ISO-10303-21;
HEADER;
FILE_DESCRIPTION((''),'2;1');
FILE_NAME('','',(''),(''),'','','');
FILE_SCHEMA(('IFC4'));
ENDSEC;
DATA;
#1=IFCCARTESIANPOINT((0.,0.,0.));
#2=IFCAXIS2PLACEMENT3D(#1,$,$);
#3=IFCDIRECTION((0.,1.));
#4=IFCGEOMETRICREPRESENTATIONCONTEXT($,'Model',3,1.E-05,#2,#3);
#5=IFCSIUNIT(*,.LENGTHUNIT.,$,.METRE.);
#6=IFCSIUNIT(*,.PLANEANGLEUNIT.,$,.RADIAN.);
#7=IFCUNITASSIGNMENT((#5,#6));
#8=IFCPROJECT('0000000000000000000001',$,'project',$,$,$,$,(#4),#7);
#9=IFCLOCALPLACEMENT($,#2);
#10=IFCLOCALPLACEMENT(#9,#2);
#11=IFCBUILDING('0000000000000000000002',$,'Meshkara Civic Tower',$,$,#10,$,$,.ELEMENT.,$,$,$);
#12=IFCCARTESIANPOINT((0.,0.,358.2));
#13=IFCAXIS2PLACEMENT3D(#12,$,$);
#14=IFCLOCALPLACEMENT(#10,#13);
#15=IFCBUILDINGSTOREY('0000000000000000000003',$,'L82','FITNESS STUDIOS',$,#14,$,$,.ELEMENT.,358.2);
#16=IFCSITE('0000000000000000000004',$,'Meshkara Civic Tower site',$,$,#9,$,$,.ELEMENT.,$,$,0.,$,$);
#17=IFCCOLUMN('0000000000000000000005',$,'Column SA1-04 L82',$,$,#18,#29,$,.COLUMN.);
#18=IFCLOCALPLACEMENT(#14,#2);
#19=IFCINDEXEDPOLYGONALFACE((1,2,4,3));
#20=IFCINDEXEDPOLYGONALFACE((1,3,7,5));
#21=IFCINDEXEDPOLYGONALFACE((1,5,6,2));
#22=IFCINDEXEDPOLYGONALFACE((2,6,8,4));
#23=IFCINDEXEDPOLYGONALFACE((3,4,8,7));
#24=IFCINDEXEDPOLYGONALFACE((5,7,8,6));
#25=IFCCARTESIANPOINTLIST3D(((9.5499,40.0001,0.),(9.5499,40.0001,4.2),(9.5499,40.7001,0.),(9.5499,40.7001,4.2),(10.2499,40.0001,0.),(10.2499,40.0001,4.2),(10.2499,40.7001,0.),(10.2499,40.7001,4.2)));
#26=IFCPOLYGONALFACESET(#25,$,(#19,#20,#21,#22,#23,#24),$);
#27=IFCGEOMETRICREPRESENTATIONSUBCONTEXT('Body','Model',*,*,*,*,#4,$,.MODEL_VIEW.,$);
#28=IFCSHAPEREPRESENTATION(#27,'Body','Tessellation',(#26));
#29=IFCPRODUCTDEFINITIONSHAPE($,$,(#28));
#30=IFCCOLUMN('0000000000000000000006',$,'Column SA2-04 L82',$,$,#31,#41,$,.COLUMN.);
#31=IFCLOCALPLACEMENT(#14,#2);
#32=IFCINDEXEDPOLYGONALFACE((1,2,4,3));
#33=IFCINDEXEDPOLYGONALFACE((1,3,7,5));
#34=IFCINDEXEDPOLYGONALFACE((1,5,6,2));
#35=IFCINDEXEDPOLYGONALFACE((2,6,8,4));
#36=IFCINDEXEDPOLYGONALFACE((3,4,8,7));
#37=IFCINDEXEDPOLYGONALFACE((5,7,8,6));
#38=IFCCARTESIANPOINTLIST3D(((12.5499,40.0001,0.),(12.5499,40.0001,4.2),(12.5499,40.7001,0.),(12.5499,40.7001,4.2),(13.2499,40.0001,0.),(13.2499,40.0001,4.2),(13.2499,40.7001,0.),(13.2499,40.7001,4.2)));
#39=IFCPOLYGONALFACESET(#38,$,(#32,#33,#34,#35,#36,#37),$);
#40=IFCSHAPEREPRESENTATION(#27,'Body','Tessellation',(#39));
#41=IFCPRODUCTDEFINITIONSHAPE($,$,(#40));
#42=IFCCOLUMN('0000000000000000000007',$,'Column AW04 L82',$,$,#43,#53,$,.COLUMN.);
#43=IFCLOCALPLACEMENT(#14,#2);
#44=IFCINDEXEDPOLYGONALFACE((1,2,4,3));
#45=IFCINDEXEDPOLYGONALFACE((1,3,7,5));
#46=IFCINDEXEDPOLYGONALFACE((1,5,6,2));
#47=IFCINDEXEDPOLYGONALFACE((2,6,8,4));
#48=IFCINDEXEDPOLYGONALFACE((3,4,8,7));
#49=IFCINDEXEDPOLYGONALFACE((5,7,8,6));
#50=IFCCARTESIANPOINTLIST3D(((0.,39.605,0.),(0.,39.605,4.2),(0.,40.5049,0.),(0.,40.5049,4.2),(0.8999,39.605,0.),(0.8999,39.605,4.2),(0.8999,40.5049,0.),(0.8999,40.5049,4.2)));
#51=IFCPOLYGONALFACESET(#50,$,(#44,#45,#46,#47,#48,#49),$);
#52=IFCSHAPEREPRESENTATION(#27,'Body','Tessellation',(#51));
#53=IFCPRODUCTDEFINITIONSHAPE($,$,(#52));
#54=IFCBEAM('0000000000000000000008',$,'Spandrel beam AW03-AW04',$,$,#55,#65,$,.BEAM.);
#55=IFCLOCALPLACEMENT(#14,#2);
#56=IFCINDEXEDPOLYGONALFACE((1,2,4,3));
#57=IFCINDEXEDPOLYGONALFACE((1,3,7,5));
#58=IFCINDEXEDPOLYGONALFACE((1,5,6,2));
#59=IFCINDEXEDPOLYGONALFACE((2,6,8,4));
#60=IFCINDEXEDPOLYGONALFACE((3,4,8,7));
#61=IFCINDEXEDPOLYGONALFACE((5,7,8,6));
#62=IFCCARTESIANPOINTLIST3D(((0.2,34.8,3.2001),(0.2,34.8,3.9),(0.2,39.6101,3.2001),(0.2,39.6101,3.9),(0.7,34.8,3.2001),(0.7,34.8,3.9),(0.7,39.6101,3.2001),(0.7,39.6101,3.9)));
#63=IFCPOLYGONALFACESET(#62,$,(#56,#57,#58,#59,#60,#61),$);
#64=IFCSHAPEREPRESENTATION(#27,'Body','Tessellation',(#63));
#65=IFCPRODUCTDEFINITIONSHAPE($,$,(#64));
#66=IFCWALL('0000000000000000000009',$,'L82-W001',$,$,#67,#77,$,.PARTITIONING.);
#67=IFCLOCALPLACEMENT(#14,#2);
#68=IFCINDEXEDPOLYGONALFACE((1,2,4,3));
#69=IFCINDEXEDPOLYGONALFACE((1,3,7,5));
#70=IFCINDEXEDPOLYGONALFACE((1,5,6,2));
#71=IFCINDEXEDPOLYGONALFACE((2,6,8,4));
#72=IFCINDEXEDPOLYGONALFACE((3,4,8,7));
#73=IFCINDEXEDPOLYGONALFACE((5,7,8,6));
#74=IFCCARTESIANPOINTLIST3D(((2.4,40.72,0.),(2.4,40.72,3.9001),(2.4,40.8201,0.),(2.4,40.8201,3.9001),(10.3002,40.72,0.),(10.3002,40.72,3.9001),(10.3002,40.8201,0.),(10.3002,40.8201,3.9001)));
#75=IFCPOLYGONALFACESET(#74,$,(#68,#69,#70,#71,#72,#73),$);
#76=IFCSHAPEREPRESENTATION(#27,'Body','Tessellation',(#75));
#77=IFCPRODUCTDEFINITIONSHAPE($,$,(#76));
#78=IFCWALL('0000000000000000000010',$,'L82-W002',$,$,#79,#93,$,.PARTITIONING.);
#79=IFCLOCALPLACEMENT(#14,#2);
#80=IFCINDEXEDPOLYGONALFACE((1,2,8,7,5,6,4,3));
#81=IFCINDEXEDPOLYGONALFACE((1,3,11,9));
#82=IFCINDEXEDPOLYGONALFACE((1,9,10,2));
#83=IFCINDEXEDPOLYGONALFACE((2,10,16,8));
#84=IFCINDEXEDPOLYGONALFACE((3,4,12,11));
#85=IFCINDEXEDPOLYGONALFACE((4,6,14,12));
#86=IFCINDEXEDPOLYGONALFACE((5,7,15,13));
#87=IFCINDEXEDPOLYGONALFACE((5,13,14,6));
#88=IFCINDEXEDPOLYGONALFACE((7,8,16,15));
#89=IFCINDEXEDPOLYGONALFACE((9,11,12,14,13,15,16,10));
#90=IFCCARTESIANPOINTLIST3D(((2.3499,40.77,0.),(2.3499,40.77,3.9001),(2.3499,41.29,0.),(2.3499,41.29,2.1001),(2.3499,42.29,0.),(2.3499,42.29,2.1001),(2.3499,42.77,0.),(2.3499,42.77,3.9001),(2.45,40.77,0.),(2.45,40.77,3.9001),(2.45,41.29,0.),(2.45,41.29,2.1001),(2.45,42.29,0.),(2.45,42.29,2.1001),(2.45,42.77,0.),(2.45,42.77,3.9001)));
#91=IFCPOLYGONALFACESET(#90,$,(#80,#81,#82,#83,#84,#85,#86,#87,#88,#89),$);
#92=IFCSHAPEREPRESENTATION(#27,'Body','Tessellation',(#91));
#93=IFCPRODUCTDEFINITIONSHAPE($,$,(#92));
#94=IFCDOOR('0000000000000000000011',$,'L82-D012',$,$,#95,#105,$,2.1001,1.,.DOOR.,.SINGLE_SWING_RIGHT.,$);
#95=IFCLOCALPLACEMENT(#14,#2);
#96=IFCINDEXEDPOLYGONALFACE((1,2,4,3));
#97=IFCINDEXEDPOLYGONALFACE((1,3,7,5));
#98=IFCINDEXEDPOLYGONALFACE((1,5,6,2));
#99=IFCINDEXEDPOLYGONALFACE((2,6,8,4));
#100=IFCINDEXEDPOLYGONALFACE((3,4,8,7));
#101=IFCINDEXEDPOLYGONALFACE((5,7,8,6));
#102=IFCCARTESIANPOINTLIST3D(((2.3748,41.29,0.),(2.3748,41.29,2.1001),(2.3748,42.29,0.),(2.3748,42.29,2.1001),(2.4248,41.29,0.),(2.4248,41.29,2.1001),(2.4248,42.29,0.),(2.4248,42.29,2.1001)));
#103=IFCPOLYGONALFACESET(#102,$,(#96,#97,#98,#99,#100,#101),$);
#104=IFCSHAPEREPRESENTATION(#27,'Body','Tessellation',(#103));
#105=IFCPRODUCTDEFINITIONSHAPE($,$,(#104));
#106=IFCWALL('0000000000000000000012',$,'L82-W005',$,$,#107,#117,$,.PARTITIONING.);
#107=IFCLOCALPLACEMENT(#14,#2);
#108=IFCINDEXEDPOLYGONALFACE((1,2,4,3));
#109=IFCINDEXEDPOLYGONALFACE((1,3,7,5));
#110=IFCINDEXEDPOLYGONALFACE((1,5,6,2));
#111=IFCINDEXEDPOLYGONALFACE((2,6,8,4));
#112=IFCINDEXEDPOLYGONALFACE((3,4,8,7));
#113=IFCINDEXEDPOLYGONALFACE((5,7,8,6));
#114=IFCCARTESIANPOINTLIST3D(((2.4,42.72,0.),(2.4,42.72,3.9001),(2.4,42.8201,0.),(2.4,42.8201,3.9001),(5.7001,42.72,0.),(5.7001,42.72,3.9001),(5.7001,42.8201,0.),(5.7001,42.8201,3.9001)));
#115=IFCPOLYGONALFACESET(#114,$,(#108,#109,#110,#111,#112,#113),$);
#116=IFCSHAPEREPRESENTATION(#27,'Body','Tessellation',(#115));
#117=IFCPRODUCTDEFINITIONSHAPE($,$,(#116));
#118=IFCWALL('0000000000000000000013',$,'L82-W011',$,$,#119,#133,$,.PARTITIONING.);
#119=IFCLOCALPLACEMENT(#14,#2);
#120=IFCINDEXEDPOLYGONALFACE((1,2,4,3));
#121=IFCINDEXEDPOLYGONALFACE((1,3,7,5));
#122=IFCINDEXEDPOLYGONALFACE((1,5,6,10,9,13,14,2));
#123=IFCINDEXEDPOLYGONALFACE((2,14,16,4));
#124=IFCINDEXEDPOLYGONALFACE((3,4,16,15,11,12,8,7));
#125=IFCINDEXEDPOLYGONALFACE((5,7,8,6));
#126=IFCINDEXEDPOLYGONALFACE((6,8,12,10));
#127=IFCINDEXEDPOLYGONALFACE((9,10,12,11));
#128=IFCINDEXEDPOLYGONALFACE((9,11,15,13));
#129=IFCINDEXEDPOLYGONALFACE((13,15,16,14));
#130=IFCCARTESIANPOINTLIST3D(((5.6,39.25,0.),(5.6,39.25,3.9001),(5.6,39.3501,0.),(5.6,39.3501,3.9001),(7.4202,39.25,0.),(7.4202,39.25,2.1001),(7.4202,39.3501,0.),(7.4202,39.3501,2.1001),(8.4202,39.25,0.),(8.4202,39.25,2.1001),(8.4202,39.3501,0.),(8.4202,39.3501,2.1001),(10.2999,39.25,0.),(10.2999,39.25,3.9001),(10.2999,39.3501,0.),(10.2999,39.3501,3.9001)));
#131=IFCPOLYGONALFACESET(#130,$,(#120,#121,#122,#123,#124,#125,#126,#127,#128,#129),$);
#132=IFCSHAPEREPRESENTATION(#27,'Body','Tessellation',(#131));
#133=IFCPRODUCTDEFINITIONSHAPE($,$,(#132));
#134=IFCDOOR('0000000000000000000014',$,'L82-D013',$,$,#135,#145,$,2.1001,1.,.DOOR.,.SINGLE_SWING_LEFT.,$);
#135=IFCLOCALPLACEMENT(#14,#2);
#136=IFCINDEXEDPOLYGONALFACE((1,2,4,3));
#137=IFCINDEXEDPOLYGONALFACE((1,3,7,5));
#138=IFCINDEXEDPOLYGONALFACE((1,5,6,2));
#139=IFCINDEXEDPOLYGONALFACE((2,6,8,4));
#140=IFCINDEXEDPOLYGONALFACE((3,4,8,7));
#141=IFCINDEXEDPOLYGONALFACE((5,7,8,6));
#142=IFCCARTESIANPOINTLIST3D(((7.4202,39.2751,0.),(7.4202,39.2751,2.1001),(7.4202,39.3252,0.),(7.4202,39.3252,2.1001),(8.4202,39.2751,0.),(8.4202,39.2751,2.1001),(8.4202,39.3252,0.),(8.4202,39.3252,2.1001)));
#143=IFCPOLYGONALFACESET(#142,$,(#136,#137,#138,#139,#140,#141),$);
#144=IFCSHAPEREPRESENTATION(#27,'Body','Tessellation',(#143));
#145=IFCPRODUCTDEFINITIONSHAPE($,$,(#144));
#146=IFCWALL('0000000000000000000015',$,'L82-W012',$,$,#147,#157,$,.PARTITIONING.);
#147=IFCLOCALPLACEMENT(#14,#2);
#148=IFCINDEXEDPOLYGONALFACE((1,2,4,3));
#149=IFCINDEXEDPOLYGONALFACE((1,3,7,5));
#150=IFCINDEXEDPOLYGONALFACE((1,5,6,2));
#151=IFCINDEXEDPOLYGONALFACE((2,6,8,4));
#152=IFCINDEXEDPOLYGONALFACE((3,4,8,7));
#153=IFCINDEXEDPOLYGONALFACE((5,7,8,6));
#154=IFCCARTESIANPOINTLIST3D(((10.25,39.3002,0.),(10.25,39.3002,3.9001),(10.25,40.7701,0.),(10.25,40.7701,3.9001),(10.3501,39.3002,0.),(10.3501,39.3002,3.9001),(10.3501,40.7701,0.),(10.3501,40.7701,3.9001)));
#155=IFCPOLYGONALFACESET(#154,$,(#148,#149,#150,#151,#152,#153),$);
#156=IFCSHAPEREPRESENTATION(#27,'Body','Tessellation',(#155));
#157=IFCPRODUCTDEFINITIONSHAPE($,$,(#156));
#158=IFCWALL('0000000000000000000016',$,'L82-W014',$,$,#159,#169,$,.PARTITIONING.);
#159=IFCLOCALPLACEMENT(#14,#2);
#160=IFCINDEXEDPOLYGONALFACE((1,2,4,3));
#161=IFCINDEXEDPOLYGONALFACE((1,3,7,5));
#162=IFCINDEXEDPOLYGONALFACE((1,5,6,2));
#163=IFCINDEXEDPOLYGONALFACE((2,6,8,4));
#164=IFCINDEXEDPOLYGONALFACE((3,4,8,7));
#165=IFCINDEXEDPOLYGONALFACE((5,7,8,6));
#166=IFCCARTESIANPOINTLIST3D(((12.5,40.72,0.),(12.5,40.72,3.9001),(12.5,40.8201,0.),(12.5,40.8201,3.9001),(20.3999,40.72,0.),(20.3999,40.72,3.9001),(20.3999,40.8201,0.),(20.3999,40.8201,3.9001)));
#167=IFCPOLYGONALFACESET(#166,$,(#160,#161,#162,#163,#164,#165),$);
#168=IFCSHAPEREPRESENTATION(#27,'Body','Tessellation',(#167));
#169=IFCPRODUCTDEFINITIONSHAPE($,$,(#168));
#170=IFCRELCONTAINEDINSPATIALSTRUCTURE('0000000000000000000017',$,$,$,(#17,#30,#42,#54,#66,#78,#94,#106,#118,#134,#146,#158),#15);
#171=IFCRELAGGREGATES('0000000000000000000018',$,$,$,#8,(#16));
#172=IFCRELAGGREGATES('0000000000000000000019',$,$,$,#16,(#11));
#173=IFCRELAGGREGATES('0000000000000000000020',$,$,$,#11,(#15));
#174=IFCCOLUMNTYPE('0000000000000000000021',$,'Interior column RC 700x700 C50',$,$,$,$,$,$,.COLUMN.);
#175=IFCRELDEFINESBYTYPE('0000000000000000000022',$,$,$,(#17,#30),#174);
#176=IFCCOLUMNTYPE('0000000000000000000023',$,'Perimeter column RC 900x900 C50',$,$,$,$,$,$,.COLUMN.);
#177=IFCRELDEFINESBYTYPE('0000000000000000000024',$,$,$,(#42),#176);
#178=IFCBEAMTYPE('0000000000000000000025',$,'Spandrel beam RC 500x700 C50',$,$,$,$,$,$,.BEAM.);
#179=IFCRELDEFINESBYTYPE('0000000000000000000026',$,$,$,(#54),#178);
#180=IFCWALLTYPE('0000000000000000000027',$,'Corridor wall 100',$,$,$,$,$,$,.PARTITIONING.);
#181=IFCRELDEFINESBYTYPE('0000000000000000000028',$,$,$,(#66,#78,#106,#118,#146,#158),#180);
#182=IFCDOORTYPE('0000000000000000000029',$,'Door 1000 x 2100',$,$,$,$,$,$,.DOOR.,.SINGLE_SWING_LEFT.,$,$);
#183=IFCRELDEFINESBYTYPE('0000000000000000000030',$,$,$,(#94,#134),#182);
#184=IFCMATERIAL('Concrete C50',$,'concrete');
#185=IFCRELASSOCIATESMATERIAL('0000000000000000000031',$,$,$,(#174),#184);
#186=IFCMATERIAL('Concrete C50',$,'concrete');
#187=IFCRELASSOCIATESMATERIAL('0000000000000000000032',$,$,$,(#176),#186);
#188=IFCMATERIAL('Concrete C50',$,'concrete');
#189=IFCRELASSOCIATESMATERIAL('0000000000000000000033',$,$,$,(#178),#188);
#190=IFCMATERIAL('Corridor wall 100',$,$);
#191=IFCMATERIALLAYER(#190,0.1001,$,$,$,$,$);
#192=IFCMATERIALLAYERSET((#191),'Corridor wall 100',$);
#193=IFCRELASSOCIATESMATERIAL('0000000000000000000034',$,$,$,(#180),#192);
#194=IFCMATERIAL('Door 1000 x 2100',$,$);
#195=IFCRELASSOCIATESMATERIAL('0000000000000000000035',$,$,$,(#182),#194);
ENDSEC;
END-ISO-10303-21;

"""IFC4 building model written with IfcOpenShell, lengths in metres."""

from ifc_helpers import new_model, si_unit, direction, frame, frame_2d, origin, origin_2d, place, context, subcontext, project, spatial, rectangle, extrude, material, layer, layer_set, material_profile, profile_set, type_object, element, fill, save


model = new_model("IFC4")

# Units and contexts
model_context = context("Model", 3, precision=1e-05, world=origin(), true_north=direction((0.0, 1.0)))
body_context = subcontext(model_context, "Body", "Model", "MODEL_VIEW")
ifc_project = project(units=[si_unit("LENGTHUNIT", "METRE"), si_unit("PLANEANGLEUNIT", "RADIAN")], contexts=[model_context])

# Site, building, storey
site_placement = place(None, origin())
site = spatial("IfcSite", under=ifc_project, at=site_placement, Name="Meshkara Civic Tower site", CompositionType="ELEMENT", RefElevation=0.0)
building_placement = place(site_placement, origin())
building = spatial("IfcBuilding", under=site, at=building_placement, Name="Meshkara Civic Tower", CompositionType="ELEMENT")
storey_placement = place(building_placement, frame((0.0, 0.0, 358.2)))
storey = spatial("IfcBuildingStorey", under=building, at=storey_placement, Name="L82", Description="FITNESS STUDIOS", CompositionType="ELEMENT", Elevation=358.2)

# Columns
ifc_material_1 = material(Name="Concrete C50", Category="concrete")
ifc_material_profile_1 = material_profile(ifc_material_1, rectangle(XDim=0.7, YDim=0.7, at=origin_2d()))
ifc_profile_set_1 = profile_set([ifc_material_profile_1], Name="Concrete C50")
column_type_1 = type_object("IfcColumnType", Name="Interior column RC 700x700 C50", PredefinedType="COLUMN", material=ifc_profile_set_1)
for number, where, z_axis, x_axis, name in (
    (1, (9.8999, 40.3501, 0.0), (0.0, 0.0, 1.0), (1.0, 0.0, 0.0), "Column SA1-04 L82"),
    (2, (12.8999, 40.3501, 0.0), (0.0, 0.0, 1.0), (1.0, 0.0, 0.0), "Column SA2-04 L82"),
):
    element("IfcColumn", number, at=place(storey_placement, frame(where, z_axis=z_axis, x_axis=x_axis)), inside=storey, type_object=column_type_1, Name=name, PredefinedType="COLUMN", context=body_context, shape_type="SweptSolid", body=[
        extrude(rectangle(XDim=0.7, YDim=0.7, at=origin_2d()), origin(), (0.0, 0.0, 1.0), 4.2),
    ])
ifc_material_2 = material(Name="Concrete C50", Category="concrete")
ifc_material_profile_2 = material_profile(ifc_material_2, rectangle(XDim=0.8999, YDim=0.8999, at=origin_2d()))
ifc_profile_set_2 = profile_set([ifc_material_profile_2], Name="Concrete C50")
column_type_2 = type_object("IfcColumnType", Name="Perimeter column RC 900x900 C50", PredefinedType="COLUMN", material=ifc_profile_set_2)
column_placement = place(storey_placement, frame((0.45, 40.0549, 0.0), z_axis=(0.0, 0.0, 1.0), x_axis=(1.0, 0.0, 0.0)))
element("IfcColumn", 3, at=column_placement, inside=storey, type_object=column_type_2, Name="Column AW04 L82", PredefinedType="COLUMN", context=body_context, shape_type="SweptSolid", body=[
    extrude(rectangle(XDim=0.8999, YDim=0.8999, at=origin_2d()), origin(), (0.0, 0.0, 1.0), 4.2),
])

# Beam
ifc_material_3 = material(Name="Concrete C50", Category="concrete")
ifc_material_profile_3 = material_profile(ifc_material_3, rectangle(XDim=0.5, YDim=0.7, at=origin_2d()))
ifc_profile_set_3 = profile_set([ifc_material_profile_3], Name="Concrete C50")
beam_type = type_object("IfcBeamType", Name="Spandrel beam RC 500x700 C50", PredefinedType="BEAM", material=ifc_profile_set_3)
beam_placement = place(storey_placement, frame((0.45, 39.6101, 3.55), z_axis=(0.0, -1.0, 0.0), x_axis=(1.0, 0.0, 0.0)))
element("IfcBeam", 4, at=beam_placement, inside=storey, type_object=beam_type, Name="Spandrel beam AW03-AW04", PredefinedType="BEAM", context=body_context, shape_type="SweptSolid", body=[
    extrude(rectangle(XDim=0.5, YDim=0.7, at=origin_2d()), origin(), (0.0, 0.0, 1.0), 4.8101),
])

# Wall
ifc_material_4 = material(Name="Corridor wall 100")
ifc_layer_1 = layer(ifc_material_4, 0.1001)
ifc_layer_set_1 = layer_set([ifc_layer_1], Name="Corridor wall 100")
wall_type_1 = type_object("IfcWallType", Name="Corridor wall 100", PredefinedType="PARTITIONING", material=ifc_layer_set_1)
wall_1_placement = place(storey_placement, frame((2.3999, 40.77, 0.0), z_axis=(0.0, 0.0, 1.0), x_axis=(1.0, 0.0, 0.0)))
element("IfcWall", 5, at=wall_1_placement, inside=storey, type_object=wall_type_1, Name="L82-W001", PredefinedType="PARTITIONING", context=body_context, shape_type="SweptSolid", body=[
    extrude(rectangle(XDim=7.9001, YDim=0.1001, at=frame_2d((3.9502, 0.0))), origin(), (0.0, 0.0, 1.0), 3.9001),
])

# Wall, opening, door
wall_2_placement = place(storey_placement, frame((2.3999, 42.77, 0.0), z_axis=(0.0, 0.0, 1.0), x_axis=(0.0, -1.0, 0.0)))
wall_2 = element("IfcWall", 6, at=wall_2_placement, inside=storey, type_object=wall_type_1, Name="L82-W002", PredefinedType="PARTITIONING", context=body_context, shape_type="SweptSolid", body=[
    extrude(rectangle(XDim=2.0, YDim=0.1001, at=frame_2d((1.0, 0.0))), origin(), (0.0, 0.0, 1.0), 3.9001),
])
opening_1_placement = place(wall_2_placement, frame((0.48, 0.0, 0.0)))
opening_1 = element("IfcOpeningElement", 7, at=opening_1_placement, cuts=wall_2, PredefinedType="OPENING", context=body_context, shape_type="SweptSolid", body=[
    extrude(rectangle(XDim=1.0, YDim=2.1001, at=frame_2d((0.5, 1.05))), frame((0.0, 0.0601, 0.0), z_axis=(0.0, -1.0, 0.0), x_axis=(1.0, 0.0, 0.0)), (0.0, 0.0, 1.0), 0.1201),
])
ifc_material_5 = material(Name="Door 1000 x 2100")
door_type_1 = type_object("IfcDoorType", Name="Door 1000 x 2100", OperationType="SINGLE_SWING_LEFT", PredefinedType="DOOR", material=ifc_material_5)
door_1_placement = place(opening_1_placement, origin())
door_1 = element("IfcDoor", 8, at=door_1_placement, inside=storey, type_object=door_type_1, Name="L82-D012", OperationType="SINGLE_SWING_RIGHT", OverallHeight=2.1001, OverallWidth=1.0, PredefinedType="DOOR", context=body_context, shape_type="SweptSolid", body=[
    extrude(rectangle(XDim=1.0, YDim=2.1001, at=frame_2d((0.5, 1.05))), frame((0.0, 0.0249, 0.0), z_axis=(0.0, -1.0, 0.0), x_axis=(1.0, 0.0, 0.0)), (0.0, 0.0, 1.0), 0.05),
])
fill(opening_1, door_1)

# Wall
wall_3_placement = place(storey_placement, frame((5.7, 42.77, 0.0), z_axis=(0.0, 0.0, 1.0), x_axis=(-1.0, 0.0, 0.0)))
element("IfcWall", 9, at=wall_3_placement, inside=storey, type_object=wall_type_1, Name="L82-W005", PredefinedType="PARTITIONING", context=body_context, shape_type="SweptSolid", body=[
    extrude(rectangle(XDim=3.3, YDim=0.1001, at=frame_2d((1.6499, 0.0))), origin(), (0.0, 0.0, 1.0), 3.9001),
])

# Wall, opening, door
wall_4_placement = place(storey_placement, frame((10.3, 39.3, 0.0), z_axis=(0.0, 0.0, 1.0), x_axis=(-1.0, 0.0, 0.0)))
wall_4 = element("IfcWall", 10, at=wall_4_placement, inside=storey, type_object=wall_type_1, Name="L82-W011", PredefinedType="PARTITIONING", context=body_context, shape_type="SweptSolid", body=[
    extrude(rectangle(XDim=4.7, YDim=0.1001, at=frame_2d((2.3501, 0.0))), origin(), (0.0, 0.0, 1.0), 3.9001),
])
opening_2_placement = place(wall_4_placement, frame((1.8799, 0.0, 0.0)))
opening_2 = element("IfcOpeningElement", 11, at=opening_2_placement, cuts=wall_4, PredefinedType="OPENING", context=body_context, shape_type="SweptSolid", body=[
    extrude(rectangle(XDim=1.0, YDim=2.1001, at=frame_2d((0.5, 1.05))), frame((0.0, 0.0601, 0.0), z_axis=(0.0, -1.0, 0.0), x_axis=(1.0, 0.0, 0.0)), (0.0, 0.0, 1.0), 0.1201),
])
door_2_placement = place(opening_2_placement, origin())
door_2 = element("IfcDoor", 12, at=door_2_placement, inside=storey, type_object=door_type_1, Name="L82-D013", OperationType="SINGLE_SWING_LEFT", OverallHeight=2.1001, OverallWidth=1.0, PredefinedType="DOOR", context=body_context, shape_type="SweptSolid", body=[
    extrude(rectangle(XDim=1.0, YDim=2.1001, at=frame_2d((0.5, 1.05))), frame((0.0, 0.0249, 0.0), z_axis=(0.0, -1.0, 0.0), x_axis=(1.0, 0.0, 0.0)), (0.0, 0.0, 1.0), 0.05),
])
fill(opening_2, door_2)

# Walls
wall_5_placement = place(storey_placement, frame((10.3, 40.77, 0.0), z_axis=(0.0, 0.0, 1.0), x_axis=(0.0, -1.0, 0.0)))
element("IfcWall", 13, at=wall_5_placement, inside=storey, type_object=wall_type_1, Name="L82-W012", PredefinedType="PARTITIONING", context=body_context, shape_type="SweptSolid", body=[
    extrude(rectangle(XDim=1.47, YDim=0.1001, at=frame_2d((0.7349, 0.0))), origin(), (0.0, 0.0, 1.0), 3.9001),
])
wall_6_placement = place(storey_placement, frame((12.5, 40.77, 0.0), z_axis=(0.0, 0.0, 1.0), x_axis=(1.0, 0.0, 0.0)))
element("IfcWall", 14, at=wall_6_placement, inside=storey, type_object=wall_type_1, Name="L82-W014", PredefinedType="PARTITIONING", context=body_context, shape_type="SweptSolid", body=[
    extrude(rectangle(XDim=7.8999, YDim=0.1001, at=frame_2d((3.95, 0.0))), origin(), (0.0, 0.0, 1.0), 3.9001),
])

save(model, "model.ifc")
